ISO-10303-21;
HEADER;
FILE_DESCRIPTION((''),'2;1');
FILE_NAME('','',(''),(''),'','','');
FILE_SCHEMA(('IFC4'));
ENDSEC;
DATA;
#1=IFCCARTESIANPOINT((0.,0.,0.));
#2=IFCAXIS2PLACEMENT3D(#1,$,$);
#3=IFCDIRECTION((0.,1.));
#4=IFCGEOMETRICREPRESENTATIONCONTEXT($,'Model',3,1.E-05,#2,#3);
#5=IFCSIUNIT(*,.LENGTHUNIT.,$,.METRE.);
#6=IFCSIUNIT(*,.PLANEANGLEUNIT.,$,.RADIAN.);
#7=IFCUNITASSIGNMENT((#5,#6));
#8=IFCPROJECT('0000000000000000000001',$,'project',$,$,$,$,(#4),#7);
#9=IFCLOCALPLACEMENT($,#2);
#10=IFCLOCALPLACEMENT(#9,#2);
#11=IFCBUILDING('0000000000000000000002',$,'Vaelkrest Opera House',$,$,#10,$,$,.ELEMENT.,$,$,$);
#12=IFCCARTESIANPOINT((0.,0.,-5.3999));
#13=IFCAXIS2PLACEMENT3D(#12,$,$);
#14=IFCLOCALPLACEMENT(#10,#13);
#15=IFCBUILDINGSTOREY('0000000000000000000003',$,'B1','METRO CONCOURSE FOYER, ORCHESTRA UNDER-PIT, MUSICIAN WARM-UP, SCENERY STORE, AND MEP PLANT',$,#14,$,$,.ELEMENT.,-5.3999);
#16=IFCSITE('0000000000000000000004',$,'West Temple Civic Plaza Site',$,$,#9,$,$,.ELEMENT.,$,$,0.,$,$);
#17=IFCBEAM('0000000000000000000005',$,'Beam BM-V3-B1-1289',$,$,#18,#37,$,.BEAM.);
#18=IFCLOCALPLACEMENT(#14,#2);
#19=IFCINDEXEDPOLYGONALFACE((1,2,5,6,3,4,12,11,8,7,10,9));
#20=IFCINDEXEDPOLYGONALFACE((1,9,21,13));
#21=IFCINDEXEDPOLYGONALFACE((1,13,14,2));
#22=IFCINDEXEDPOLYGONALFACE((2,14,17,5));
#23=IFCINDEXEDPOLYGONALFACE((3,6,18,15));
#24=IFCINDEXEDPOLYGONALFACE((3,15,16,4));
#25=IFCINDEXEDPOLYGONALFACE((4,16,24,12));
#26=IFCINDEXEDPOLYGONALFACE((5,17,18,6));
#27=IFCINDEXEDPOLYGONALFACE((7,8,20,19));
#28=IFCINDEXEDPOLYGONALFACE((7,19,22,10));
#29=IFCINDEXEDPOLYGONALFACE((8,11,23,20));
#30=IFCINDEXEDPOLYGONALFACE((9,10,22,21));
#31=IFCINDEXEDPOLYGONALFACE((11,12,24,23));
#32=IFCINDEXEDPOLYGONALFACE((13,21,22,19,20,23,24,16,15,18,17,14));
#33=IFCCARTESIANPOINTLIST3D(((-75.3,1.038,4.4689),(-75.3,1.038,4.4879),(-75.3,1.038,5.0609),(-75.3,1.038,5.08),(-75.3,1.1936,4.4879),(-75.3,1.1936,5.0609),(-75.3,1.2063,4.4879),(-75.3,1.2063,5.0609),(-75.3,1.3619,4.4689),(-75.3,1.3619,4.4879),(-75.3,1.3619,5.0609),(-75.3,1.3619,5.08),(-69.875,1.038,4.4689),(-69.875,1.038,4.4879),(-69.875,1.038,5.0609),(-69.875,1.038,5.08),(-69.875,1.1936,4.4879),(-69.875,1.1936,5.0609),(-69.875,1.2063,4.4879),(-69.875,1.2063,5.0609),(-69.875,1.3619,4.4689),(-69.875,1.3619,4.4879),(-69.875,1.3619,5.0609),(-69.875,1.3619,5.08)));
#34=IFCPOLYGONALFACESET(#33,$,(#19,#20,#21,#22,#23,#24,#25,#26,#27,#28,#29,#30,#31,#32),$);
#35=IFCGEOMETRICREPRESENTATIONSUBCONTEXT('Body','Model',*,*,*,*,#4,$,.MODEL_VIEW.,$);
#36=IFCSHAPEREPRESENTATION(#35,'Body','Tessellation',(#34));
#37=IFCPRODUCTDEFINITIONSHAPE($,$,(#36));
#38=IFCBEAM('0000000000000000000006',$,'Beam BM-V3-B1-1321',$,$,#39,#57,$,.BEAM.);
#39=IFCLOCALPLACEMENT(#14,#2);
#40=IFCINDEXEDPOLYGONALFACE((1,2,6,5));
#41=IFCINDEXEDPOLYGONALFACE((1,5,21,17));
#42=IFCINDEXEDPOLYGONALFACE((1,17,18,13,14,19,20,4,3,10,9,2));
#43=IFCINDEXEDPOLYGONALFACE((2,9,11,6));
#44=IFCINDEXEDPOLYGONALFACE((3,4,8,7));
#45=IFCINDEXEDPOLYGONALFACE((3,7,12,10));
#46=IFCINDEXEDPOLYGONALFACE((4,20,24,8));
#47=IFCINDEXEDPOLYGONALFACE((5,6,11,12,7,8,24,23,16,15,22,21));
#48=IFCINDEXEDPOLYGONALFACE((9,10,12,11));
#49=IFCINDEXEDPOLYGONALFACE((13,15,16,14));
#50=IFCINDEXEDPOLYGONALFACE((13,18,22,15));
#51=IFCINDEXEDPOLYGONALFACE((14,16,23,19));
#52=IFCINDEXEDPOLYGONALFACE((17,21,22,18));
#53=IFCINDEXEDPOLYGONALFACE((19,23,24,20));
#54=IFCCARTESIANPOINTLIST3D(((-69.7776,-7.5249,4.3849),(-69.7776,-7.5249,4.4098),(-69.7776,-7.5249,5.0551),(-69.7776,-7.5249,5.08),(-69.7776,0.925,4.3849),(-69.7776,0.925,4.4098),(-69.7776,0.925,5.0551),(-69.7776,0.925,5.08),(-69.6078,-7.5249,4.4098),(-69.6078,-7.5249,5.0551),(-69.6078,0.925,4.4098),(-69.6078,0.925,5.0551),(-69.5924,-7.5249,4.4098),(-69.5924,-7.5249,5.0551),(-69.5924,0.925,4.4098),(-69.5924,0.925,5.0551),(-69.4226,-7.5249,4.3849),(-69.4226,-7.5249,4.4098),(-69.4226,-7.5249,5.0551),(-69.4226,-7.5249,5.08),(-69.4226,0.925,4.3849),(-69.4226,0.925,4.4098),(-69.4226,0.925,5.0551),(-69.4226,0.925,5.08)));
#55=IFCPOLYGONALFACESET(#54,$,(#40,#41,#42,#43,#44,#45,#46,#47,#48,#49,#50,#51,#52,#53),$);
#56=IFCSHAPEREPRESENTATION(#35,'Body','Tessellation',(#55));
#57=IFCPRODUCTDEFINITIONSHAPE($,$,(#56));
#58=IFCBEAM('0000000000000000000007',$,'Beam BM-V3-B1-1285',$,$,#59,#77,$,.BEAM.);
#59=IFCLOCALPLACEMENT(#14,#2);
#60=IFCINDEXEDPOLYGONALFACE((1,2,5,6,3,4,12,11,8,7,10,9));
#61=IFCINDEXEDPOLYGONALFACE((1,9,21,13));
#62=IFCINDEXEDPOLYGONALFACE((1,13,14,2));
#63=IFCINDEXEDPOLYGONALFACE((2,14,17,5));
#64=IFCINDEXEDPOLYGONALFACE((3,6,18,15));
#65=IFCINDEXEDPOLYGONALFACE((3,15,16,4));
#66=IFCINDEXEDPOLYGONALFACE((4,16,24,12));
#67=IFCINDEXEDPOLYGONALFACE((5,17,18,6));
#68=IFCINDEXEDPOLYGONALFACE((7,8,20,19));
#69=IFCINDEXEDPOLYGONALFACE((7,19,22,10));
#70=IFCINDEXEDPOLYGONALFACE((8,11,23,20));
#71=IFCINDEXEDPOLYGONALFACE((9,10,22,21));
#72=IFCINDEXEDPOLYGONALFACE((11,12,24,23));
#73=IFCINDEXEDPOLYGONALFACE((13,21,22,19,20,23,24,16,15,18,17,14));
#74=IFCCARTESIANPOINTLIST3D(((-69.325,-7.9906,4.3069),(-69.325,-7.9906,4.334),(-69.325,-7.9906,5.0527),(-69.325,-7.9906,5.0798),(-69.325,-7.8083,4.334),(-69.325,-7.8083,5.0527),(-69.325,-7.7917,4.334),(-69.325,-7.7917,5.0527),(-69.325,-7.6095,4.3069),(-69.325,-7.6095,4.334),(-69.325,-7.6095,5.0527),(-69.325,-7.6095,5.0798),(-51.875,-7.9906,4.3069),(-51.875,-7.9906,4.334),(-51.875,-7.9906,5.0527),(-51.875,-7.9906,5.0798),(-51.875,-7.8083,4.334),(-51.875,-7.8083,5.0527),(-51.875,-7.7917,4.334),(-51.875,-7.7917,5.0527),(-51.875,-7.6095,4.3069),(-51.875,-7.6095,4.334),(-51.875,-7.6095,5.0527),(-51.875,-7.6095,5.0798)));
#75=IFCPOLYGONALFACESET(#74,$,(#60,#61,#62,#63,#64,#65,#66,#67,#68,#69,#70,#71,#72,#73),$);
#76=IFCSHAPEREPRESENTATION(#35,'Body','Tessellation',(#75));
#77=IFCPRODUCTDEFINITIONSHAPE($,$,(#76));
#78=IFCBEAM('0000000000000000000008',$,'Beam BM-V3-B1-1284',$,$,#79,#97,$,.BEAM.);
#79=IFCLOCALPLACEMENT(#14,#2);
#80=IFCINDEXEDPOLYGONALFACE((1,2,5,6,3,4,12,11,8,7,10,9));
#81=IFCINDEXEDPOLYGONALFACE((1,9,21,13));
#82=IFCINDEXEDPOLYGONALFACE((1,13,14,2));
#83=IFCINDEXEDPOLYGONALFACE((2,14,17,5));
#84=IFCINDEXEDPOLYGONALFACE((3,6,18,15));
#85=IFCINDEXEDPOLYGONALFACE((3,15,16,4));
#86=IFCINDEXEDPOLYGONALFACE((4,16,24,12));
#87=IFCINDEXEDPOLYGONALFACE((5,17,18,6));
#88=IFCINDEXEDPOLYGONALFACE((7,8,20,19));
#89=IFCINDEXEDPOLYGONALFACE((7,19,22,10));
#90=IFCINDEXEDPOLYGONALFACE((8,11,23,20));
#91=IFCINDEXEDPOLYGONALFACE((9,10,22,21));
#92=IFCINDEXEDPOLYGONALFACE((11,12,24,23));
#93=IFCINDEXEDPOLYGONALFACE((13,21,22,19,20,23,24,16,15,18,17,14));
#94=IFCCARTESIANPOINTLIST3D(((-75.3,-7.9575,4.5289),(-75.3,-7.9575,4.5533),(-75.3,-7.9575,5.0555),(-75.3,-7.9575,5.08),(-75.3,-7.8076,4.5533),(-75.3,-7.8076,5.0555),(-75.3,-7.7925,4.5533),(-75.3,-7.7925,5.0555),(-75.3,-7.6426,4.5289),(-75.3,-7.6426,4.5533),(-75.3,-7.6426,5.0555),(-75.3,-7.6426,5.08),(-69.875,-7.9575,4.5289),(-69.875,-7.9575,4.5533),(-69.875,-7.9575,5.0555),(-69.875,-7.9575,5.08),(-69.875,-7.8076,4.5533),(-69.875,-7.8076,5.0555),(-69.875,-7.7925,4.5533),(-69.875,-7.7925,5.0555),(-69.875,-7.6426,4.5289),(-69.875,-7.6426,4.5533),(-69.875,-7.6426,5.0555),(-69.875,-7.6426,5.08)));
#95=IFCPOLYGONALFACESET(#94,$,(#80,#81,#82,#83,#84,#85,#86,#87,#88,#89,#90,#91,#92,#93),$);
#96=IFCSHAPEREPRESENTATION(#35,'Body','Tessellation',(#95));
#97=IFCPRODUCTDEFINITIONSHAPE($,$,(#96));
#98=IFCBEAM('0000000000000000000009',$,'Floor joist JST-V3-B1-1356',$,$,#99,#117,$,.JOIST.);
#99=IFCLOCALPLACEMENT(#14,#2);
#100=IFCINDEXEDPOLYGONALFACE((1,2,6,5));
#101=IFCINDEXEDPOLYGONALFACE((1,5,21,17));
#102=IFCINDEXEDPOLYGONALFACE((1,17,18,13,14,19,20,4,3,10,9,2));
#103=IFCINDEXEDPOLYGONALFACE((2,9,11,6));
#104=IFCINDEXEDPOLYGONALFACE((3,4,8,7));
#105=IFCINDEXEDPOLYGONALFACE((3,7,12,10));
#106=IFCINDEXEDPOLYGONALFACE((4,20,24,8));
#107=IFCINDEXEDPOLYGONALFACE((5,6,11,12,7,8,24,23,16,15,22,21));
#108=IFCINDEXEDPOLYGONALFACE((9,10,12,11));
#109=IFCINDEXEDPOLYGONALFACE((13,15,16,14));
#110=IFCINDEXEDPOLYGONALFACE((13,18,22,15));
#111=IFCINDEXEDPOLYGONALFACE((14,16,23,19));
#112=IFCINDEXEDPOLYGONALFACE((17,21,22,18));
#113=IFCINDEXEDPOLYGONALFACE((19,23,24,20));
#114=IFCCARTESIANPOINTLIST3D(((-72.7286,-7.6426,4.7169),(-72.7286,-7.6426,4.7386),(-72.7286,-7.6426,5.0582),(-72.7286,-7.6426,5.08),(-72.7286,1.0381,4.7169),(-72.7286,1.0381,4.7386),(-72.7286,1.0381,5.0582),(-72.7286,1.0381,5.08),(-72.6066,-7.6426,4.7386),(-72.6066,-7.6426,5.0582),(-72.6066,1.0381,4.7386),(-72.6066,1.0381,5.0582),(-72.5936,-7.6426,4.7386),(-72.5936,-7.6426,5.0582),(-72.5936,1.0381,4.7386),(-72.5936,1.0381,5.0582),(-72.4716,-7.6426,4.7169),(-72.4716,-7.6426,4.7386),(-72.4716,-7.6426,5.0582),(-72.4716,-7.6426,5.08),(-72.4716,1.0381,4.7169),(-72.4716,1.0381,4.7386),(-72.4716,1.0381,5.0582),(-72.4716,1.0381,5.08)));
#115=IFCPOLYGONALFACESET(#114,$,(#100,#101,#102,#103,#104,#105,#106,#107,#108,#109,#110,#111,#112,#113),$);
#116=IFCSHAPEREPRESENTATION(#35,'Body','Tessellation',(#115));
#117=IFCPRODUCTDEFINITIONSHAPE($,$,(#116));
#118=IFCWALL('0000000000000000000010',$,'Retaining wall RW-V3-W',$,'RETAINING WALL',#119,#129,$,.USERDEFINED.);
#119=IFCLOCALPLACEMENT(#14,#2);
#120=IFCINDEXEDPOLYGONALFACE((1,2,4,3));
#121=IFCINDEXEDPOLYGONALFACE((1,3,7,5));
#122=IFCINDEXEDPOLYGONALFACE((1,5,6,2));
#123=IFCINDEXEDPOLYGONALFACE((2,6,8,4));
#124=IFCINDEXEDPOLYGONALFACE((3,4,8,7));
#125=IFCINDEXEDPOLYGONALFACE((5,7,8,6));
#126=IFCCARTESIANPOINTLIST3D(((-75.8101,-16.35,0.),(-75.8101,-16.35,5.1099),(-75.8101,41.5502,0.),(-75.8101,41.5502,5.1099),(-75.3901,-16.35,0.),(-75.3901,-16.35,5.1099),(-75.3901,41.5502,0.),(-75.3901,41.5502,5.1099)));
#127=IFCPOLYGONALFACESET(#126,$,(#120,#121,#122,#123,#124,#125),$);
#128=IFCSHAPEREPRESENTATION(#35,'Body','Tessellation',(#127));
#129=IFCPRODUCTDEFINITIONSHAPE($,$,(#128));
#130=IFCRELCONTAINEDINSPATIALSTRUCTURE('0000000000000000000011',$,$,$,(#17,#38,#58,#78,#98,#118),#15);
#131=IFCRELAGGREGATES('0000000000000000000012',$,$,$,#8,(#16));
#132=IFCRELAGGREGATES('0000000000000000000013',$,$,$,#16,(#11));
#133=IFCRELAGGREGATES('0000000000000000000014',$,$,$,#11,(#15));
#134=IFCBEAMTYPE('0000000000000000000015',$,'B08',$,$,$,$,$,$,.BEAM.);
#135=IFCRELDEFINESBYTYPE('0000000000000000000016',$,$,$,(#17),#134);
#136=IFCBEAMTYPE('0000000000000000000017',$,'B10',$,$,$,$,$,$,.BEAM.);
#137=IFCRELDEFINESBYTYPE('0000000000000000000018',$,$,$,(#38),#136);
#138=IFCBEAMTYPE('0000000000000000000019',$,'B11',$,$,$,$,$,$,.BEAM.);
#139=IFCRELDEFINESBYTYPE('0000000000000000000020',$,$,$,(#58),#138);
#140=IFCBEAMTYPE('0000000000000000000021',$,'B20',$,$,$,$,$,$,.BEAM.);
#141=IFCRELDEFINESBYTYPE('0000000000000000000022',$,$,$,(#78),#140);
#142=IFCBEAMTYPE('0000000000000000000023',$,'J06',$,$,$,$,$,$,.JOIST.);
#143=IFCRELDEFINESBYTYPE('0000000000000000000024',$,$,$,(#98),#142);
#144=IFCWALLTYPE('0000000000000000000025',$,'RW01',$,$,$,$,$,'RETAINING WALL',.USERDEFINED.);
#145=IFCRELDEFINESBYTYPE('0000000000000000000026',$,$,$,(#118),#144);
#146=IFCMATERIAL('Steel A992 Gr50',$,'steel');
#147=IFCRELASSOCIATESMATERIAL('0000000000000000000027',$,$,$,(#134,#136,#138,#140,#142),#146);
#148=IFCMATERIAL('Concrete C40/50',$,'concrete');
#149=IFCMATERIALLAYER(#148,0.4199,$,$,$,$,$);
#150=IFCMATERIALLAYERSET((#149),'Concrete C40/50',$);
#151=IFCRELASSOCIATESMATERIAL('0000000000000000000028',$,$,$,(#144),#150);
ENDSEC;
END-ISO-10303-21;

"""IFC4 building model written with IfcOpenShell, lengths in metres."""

from ifc_helpers import new_model, si_unit, direction, frame, frame_2d, origin, origin_2d, place, context, subcontext, project, spatial, rectangle, i_section, extrude, material, layer, layer_set, material_profile, profile_set, type_object, element, save


model = new_model("IFC4")

# Units and contexts
model_context = context("Model", 3, precision=1e-05, world=origin(), true_north=direction((0.0, 1.0)))
body_context = subcontext(model_context, "Body", "Model", "MODEL_VIEW")
ifc_project = project(units=[si_unit("LENGTHUNIT", "METRE"), si_unit("PLANEANGLEUNIT", "RADIAN")], contexts=[model_context])

# Site, building, storey
site_placement = place(None, origin())
site = spatial("IfcSite", under=ifc_project, at=site_placement, Name="West Temple Civic Plaza Site", CompositionType="ELEMENT", RefElevation=0.0)
building_placement = place(site_placement, origin())
building = spatial("IfcBuilding", under=site, at=building_placement, Name="Vaelkrest Opera House", CompositionType="ELEMENT")
storey_placement = place(building_placement, frame((0.0, 0.0, -5.3999)))
storey = spatial("IfcBuildingStorey", under=building, at=storey_placement, Name="B1", Description="METRO CONCOURSE FOYER, ORCHESTRA UNDER-PIT, MUSICIAN WARM-UP, SCENERY STORE, AND MEP PLANT", CompositionType="ELEMENT", Elevation=-5.3999)

# Shared definitions
ifc_material_1 = material(Name="Concrete C40/50", Category="concrete")

# Beams
ifc_material_2 = material(Name="Steel A992 Gr50", Category="steel")
ifc_material_profile_1 = material_profile(ifc_material_2, i_section(OverallWidth=0.324, OverallDepth=0.6111, WebThickness=0.0127, FlangeThickness=0.019, at=origin_2d()), Name="W24X104")
ifc_profile_set_1 = profile_set([ifc_material_profile_1], Name="Steel A992 Gr50")
beam_type_1 = type_object("IfcBeamType", Name="B08", PredefinedType="BEAM", material=ifc_profile_set_1)
beam_1_placement = place(storey_placement, frame((-75.3, 1.2, 4.7744), z_axis=(1.0, 0.0, 0.0), x_axis=(0.0, 1.0, 0.0)))
element("IfcBeam", 1, at=beam_1_placement, inside=storey, type_object=beam_type_1, Name="Beam BM-V3-B1-1289", PredefinedType="BEAM", context=body_context, shape_type="SweptSolid", body=[
    extrude(i_section(OverallWidth=0.324, OverallDepth=0.6111, WebThickness=0.0127, FlangeThickness=0.019, at=origin_2d()), origin(), (0.0, 0.0, 1.0), 5.425),
])
ifc_material_profile_2 = material_profile(ifc_material_2, i_section(OverallWidth=0.355, OverallDepth=0.6951, WebThickness=0.0154, FlangeThickness=0.0249, at=origin_2d()), Name="W27X146")
ifc_profile_set_2 = profile_set([ifc_material_profile_2], Name="Steel A992 Gr50")
beam_type_2 = type_object("IfcBeamType", Name="B10", PredefinedType="BEAM", material=ifc_profile_set_2)
beam_2_placement = place(storey_placement, frame((-69.6001, -7.5249, 4.7324), z_axis=(0.0, 1.0, 0.0), x_axis=(-1.0, 0.0, 0.0)))
element("IfcBeam", 2, at=beam_2_placement, inside=storey, type_object=beam_type_2, Name="Beam BM-V3-B1-1321", PredefinedType="BEAM", context=body_context, shape_type="SweptSolid", body=[
    extrude(i_section(OverallWidth=0.355, OverallDepth=0.6951, WebThickness=0.0154, FlangeThickness=0.0249, at=origin_2d()), origin(), (0.0, 0.0, 1.0), 8.45),
])
ifc_material_profile_3 = material_profile(ifc_material_2, i_section(OverallWidth=0.3811, OverallDepth=0.7729, WebThickness=0.0166, FlangeThickness=0.0271, at=origin_2d()), Name="W30X173")
ifc_profile_set_3 = profile_set([ifc_material_profile_3], Name="Steel A992 Gr50")
beam_type_3 = type_object("IfcBeamType", Name="B11", PredefinedType="BEAM", material=ifc_profile_set_3)
beam_3_placement = place(storey_placement, frame((-69.325, -7.8, 4.6934), z_axis=(1.0, 0.0, 0.0), x_axis=(0.0, 1.0, 0.0)))
element("IfcBeam", 3, at=beam_3_placement, inside=storey, type_object=beam_type_3, Name="Beam BM-V3-B1-1285", PredefinedType="BEAM", context=body_context, shape_type="SweptSolid", body=[
    extrude(i_section(OverallWidth=0.3811, OverallDepth=0.7729, WebThickness=0.0166, FlangeThickness=0.0271, at=origin_2d()), origin(), (0.0, 0.0, 1.0), 17.45),
])
ifc_material_profile_4 = material_profile(ifc_material_2, i_section(OverallWidth=0.3149, OverallDepth=0.551, WebThickness=0.0151, FlangeThickness=0.0244, at=origin_2d()), Name="W21X122")
ifc_profile_set_4 = profile_set([ifc_material_profile_4], Name="Steel A992 Gr50")
beam_type_4 = type_object("IfcBeamType", Name="B20", PredefinedType="BEAM", material=ifc_profile_set_4)
beam_4_placement = place(storey_placement, frame((-75.3, -7.8, 4.8044), z_axis=(1.0, 0.0, 0.0), x_axis=(0.0, 1.0, 0.0)))
element("IfcBeam", 4, at=beam_4_placement, inside=storey, type_object=beam_type_4, Name="Beam BM-V3-B1-1284", PredefinedType="BEAM", context=body_context, shape_type="SweptSolid", body=[
    extrude(i_section(OverallWidth=0.3149, OverallDepth=0.551, WebThickness=0.0151, FlangeThickness=0.0244, at=origin_2d()), origin(), (0.0, 0.0, 1.0), 5.425),
])
ifc_material_profile_5 = material_profile(ifc_material_2, i_section(OverallWidth=0.2571, OverallDepth=0.363, WebThickness=0.0129, FlangeThickness=0.0217, at=origin_2d()), Name="W14X82")
ifc_profile_set_5 = profile_set([ifc_material_profile_5], Name="Steel A992 Gr50")
beam_type_5 = type_object("IfcBeamType", Name="J06", PredefinedType="JOIST", material=ifc_profile_set_5)
beam_5_placement = place(storey_placement, frame((-72.6001, -7.6426, 4.8984), z_axis=(0.0, 1.0, 0.0), x_axis=(-1.0, 0.0, 0.0)))
element("IfcBeam", 5, at=beam_5_placement, inside=storey, type_object=beam_type_5, Name="Floor joist JST-V3-B1-1356", PredefinedType="JOIST", context=body_context, shape_type="SweptSolid", body=[
    extrude(i_section(OverallWidth=0.2571, OverallDepth=0.363, WebThickness=0.0129, FlangeThickness=0.0217, at=origin_2d()), origin(), (0.0, 0.0, 1.0), 8.6807),
])

# Wall
ifc_layer = layer(ifc_material_1, 0.4199)
ifc_layer_set = layer_set([ifc_layer], Name="Concrete C40/50")
wall_type = type_object("IfcWallType", Name="RW01", ElementType="RETAINING WALL", PredefinedType="USERDEFINED", material=ifc_layer_set)
wall_placement = place(storey_placement, frame((-75.6001, -16.3501, 0.0), z_axis=(0.0, 0.0, 1.0), x_axis=(0.0, 1.0, 0.0)))
element("IfcWall", 6, at=wall_placement, inside=storey, type_object=wall_type, Name="Retaining wall RW-V3-W", ObjectType="RETAINING WALL", PredefinedType="USERDEFINED", context=body_context, shape_type="SweptSolid", body=[
    extrude(rectangle(XDim=57.9001, YDim=0.4199, at=frame_2d((28.9502, 0.0))), origin(), (0.0, 0.0, 1.0), 5.1099),
])

save(model, "model.ifc")
